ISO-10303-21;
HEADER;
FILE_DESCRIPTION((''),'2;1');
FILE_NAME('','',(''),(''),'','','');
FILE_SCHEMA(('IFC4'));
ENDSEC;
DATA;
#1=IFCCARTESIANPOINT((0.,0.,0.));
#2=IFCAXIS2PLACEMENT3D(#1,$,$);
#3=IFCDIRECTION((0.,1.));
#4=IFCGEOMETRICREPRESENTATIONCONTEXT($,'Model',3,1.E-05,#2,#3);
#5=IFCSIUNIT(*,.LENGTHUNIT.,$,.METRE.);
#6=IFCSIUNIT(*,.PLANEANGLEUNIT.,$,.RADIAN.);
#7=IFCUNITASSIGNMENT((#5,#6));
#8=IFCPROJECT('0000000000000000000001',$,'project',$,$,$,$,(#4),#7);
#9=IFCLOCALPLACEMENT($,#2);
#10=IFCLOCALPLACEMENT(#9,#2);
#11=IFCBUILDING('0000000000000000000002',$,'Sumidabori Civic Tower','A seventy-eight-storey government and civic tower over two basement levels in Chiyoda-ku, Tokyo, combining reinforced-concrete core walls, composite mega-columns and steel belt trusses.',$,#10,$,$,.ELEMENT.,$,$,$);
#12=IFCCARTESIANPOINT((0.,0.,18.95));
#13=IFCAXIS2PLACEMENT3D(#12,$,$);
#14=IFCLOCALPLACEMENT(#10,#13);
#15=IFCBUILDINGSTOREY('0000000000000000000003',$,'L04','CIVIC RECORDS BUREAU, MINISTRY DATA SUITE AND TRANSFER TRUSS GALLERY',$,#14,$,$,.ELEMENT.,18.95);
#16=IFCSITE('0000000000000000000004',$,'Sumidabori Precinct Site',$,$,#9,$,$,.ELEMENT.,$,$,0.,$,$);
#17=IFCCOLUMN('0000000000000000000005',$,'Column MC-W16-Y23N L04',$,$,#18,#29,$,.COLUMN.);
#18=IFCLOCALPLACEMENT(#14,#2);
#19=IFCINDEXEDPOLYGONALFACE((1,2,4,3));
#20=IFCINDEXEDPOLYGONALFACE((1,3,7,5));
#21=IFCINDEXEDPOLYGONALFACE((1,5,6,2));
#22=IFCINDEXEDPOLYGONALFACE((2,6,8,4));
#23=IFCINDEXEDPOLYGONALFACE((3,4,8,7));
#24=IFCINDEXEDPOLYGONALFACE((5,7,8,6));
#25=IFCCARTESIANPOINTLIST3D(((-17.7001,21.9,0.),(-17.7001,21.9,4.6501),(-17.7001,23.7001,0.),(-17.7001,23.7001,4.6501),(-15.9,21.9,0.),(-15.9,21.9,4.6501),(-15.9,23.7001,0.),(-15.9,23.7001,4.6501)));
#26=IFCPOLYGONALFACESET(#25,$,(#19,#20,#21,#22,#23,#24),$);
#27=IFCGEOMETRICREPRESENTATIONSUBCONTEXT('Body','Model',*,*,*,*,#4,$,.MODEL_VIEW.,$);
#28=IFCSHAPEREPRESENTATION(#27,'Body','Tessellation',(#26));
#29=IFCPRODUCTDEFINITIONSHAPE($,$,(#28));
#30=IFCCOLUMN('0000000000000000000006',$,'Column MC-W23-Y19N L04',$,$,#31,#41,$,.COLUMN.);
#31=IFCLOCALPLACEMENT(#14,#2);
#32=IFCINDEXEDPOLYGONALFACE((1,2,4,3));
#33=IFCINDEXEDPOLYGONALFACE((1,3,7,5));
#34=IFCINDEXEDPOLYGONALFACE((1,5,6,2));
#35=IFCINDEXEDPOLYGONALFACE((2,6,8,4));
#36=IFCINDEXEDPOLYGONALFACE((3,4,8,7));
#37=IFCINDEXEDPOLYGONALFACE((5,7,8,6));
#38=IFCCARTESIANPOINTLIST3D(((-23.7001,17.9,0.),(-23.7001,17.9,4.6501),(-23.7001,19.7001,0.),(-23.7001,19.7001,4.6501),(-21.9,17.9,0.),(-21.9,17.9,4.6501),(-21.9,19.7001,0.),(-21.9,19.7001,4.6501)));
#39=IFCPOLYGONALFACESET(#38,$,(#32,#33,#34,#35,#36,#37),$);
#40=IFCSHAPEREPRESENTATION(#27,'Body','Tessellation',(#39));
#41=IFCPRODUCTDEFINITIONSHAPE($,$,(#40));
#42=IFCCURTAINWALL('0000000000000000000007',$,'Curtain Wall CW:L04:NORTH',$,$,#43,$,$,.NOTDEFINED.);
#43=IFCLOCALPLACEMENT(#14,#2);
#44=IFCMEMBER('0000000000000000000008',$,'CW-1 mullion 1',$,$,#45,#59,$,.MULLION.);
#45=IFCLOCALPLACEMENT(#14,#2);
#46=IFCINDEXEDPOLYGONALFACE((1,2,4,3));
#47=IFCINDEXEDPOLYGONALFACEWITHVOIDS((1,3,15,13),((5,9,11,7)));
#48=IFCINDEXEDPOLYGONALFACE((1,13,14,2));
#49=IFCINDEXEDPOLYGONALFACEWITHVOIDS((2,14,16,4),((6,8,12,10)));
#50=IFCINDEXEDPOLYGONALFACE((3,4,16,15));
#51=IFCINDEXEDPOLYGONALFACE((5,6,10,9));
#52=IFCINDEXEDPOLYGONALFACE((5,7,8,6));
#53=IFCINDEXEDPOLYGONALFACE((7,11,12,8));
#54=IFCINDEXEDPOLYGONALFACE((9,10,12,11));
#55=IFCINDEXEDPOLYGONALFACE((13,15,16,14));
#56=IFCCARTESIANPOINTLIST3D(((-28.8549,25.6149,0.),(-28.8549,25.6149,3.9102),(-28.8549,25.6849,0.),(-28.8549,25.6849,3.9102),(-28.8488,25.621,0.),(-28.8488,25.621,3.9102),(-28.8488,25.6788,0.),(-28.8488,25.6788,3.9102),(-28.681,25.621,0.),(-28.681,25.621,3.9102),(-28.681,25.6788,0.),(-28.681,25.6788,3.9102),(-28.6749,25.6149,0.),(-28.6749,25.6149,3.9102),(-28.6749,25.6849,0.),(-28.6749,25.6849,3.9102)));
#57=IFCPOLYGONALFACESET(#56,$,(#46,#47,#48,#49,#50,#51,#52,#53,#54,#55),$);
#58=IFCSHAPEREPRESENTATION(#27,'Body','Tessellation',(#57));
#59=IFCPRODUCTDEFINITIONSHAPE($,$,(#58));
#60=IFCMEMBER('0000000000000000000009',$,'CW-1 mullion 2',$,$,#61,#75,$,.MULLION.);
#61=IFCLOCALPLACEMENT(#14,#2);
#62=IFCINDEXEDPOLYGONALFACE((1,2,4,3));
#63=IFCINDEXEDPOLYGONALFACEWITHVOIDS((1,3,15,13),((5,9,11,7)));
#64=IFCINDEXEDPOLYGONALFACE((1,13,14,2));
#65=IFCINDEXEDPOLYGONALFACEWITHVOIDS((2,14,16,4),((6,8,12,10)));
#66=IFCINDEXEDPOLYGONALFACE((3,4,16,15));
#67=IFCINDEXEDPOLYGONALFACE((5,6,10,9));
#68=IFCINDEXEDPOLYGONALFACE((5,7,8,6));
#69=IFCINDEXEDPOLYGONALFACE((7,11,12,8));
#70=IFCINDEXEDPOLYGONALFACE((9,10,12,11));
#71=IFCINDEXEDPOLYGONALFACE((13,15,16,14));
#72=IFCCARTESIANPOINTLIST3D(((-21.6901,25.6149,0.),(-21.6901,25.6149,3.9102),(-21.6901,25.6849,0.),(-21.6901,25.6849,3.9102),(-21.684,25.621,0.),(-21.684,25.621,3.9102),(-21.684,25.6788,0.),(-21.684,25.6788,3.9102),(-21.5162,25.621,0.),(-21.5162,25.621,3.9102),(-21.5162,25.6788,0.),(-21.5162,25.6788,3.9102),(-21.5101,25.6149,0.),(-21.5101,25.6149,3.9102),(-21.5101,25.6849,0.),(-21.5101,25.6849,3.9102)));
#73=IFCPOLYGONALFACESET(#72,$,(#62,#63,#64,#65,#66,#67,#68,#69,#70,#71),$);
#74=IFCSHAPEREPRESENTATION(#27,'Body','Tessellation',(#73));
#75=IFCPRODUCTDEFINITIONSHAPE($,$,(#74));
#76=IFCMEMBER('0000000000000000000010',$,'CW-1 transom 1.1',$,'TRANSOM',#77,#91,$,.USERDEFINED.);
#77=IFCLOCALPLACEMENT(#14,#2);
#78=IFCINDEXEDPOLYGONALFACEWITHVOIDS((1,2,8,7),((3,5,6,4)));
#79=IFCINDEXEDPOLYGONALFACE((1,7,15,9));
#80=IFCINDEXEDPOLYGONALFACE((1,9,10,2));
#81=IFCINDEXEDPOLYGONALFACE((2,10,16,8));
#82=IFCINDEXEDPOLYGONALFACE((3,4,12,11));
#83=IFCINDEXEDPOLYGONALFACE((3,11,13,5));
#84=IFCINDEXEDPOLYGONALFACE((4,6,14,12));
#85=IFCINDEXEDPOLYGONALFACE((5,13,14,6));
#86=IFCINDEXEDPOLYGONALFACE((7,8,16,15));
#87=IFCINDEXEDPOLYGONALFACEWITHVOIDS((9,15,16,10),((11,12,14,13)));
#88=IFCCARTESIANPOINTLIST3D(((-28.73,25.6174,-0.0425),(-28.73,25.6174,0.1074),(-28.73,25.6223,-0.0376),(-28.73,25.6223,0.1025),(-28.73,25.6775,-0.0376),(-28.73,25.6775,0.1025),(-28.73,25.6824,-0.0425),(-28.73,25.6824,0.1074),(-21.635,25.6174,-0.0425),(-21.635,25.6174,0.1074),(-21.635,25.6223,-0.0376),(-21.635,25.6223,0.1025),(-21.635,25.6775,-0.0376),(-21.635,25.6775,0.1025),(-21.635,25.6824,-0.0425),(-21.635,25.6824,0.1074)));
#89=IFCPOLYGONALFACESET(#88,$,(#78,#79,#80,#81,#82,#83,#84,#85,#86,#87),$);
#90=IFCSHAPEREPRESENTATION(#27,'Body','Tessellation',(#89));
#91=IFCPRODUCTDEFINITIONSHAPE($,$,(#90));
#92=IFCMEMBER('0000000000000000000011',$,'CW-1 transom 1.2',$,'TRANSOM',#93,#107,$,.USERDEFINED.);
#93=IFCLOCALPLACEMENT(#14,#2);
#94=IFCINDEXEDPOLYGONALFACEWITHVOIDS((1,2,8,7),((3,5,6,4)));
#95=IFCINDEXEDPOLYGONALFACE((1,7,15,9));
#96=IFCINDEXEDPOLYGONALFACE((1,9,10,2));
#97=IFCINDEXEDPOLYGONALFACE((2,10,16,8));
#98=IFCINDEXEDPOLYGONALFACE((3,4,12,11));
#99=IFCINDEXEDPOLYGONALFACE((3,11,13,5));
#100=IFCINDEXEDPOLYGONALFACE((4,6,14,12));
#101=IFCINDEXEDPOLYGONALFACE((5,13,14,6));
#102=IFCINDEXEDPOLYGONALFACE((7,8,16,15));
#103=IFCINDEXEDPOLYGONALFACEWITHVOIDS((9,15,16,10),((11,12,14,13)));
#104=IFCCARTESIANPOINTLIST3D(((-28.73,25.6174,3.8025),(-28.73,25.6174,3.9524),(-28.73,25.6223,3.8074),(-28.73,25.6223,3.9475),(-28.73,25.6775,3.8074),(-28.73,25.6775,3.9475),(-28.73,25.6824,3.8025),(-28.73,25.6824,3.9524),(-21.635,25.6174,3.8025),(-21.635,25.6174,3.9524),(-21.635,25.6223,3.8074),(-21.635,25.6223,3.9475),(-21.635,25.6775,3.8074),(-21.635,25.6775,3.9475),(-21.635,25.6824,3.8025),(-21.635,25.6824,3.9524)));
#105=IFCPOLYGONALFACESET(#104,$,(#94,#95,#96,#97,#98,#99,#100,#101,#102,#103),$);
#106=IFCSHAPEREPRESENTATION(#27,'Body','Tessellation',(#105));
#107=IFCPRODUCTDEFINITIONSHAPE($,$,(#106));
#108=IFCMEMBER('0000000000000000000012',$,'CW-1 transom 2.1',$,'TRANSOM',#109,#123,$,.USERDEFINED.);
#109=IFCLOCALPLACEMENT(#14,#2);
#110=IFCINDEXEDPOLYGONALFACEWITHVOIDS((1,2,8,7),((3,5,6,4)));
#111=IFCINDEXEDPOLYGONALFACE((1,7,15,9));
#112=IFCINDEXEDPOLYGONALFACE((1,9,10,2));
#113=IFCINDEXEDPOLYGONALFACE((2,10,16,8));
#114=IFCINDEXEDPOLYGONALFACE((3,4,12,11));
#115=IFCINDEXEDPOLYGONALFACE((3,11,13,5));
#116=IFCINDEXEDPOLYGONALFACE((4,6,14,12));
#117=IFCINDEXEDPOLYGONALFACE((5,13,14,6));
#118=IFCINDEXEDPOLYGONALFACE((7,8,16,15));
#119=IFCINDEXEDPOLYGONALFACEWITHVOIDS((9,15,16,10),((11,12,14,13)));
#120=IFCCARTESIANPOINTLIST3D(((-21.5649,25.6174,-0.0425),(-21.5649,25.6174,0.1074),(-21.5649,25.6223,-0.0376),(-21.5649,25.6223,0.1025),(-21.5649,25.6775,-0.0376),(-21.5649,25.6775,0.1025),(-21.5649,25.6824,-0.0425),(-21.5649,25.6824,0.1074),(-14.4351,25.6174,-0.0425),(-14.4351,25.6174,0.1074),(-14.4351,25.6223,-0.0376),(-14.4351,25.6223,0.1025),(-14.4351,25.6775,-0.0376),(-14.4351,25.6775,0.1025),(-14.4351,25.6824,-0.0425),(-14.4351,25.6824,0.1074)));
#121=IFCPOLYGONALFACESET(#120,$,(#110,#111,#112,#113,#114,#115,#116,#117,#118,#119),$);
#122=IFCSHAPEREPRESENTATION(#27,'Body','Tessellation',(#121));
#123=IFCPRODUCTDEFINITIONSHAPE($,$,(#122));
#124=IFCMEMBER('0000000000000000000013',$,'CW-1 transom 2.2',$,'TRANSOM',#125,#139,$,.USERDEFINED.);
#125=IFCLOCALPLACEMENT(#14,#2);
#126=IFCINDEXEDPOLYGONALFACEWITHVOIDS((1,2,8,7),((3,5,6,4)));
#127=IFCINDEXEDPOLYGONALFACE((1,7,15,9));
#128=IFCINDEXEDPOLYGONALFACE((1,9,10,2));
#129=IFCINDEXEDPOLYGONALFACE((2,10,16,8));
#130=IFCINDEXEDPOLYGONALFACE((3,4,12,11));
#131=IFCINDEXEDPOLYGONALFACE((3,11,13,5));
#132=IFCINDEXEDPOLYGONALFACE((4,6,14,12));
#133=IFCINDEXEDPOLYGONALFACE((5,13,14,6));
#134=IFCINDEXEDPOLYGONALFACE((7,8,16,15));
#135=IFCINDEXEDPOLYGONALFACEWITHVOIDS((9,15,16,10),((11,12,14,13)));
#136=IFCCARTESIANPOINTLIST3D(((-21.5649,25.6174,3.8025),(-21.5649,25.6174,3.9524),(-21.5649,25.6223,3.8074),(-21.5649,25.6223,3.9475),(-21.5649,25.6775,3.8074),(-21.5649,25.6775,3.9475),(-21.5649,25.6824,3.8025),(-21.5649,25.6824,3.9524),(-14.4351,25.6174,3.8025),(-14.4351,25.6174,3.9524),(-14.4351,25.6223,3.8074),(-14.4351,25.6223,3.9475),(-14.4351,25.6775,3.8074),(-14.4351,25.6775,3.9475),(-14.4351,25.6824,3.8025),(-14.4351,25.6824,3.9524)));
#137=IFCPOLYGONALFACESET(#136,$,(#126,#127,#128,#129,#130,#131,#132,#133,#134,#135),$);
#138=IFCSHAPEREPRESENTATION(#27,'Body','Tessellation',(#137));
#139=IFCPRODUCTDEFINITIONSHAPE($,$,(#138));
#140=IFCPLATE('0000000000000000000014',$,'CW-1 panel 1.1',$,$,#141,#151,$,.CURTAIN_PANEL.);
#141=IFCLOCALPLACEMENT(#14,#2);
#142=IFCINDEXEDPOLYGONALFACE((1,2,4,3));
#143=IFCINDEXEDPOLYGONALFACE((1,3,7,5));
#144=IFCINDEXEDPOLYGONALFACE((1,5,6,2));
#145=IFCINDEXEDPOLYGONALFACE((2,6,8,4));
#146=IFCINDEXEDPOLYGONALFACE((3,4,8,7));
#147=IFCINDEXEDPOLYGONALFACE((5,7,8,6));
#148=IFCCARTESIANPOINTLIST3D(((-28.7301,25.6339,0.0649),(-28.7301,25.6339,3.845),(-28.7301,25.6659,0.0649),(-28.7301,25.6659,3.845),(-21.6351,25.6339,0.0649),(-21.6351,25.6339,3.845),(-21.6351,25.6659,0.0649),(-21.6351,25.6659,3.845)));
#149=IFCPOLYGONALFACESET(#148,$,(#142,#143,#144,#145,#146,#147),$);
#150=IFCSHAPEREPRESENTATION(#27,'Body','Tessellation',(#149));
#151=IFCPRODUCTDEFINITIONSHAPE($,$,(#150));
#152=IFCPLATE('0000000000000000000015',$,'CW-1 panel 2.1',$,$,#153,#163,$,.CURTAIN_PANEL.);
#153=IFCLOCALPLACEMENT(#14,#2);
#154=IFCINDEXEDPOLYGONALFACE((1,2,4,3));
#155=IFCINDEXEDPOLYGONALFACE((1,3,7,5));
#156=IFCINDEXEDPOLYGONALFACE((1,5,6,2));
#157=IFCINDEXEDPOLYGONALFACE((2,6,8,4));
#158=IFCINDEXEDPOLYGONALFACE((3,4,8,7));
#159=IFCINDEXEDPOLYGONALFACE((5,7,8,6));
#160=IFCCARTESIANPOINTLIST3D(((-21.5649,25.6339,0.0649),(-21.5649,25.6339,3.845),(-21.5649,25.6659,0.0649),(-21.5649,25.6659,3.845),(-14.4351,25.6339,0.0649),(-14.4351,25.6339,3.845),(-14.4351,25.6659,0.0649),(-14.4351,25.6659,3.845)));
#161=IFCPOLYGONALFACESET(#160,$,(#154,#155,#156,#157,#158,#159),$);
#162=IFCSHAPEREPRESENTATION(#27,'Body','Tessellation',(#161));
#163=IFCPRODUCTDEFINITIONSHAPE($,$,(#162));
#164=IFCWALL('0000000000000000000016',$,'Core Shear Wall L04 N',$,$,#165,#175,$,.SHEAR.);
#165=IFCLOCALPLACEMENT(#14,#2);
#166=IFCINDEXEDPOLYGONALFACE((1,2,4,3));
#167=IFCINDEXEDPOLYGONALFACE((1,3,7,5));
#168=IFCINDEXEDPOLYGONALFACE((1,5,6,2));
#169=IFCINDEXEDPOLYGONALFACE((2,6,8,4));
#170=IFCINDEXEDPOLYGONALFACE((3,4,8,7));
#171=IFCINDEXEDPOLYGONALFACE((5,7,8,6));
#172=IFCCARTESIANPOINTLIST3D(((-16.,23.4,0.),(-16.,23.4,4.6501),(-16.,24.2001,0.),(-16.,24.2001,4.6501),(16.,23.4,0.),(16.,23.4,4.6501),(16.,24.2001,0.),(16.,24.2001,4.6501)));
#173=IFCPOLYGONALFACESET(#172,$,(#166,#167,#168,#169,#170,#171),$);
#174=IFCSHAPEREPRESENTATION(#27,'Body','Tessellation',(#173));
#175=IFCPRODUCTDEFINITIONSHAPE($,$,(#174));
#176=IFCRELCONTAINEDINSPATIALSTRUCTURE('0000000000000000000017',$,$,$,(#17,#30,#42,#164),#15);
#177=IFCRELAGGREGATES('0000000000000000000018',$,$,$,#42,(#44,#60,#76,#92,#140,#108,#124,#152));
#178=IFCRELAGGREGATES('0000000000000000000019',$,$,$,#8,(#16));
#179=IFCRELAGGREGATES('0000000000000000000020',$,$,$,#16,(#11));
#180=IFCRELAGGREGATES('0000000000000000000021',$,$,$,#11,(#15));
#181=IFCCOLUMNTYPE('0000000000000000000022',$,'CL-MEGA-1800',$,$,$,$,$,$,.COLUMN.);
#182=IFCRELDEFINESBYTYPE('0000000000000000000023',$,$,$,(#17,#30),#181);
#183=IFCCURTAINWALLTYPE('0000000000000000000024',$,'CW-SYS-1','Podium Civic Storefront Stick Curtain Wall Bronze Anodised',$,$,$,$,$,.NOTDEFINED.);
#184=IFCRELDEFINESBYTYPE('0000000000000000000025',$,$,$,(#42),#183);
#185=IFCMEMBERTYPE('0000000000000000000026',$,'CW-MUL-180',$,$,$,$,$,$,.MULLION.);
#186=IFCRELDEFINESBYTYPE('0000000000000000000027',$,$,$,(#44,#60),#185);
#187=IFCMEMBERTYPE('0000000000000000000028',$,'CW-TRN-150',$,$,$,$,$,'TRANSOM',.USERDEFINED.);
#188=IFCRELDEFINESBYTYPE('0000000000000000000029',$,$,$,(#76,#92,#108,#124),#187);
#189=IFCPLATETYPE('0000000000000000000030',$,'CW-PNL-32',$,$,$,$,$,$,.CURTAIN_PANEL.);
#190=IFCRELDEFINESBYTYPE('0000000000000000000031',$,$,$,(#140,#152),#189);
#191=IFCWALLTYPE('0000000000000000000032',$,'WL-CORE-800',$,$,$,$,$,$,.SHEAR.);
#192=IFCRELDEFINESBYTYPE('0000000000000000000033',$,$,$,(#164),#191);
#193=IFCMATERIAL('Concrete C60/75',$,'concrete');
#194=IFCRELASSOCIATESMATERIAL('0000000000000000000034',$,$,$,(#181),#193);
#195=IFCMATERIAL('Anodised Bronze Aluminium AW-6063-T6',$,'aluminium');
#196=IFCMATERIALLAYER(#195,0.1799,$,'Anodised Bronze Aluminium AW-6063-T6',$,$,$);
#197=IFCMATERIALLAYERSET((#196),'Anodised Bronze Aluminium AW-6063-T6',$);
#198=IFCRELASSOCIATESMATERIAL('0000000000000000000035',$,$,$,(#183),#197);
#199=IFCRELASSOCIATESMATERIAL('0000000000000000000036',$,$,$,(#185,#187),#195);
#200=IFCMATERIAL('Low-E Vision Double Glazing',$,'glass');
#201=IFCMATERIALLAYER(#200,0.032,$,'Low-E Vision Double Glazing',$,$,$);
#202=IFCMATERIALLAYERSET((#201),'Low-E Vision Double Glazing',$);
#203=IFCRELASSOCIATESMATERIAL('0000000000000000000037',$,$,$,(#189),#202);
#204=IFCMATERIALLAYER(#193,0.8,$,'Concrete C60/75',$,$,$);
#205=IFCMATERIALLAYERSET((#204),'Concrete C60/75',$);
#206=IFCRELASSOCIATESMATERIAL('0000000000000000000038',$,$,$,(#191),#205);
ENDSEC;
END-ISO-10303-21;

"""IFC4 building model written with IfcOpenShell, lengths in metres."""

from ifc_helpers import new_model, si_unit, direction, frame, frame_2d, origin, origin_2d, place, context, subcontext, project, spatial, rectangle, hollow_rectangle, extrude, source, transform, mapped, material, layer, layer_set, material_profile, profile_set, type_object, element, aggregate, save


model = new_model("IFC4")

# Units and contexts
model_context = context("Model", 3, precision=1e-05, world=origin(), true_north=direction((0.0, 1.0)))
body_context = subcontext(model_context, "Body", "Model", "MODEL_VIEW")
ifc_project = project(units=[si_unit("LENGTHUNIT", "METRE"), si_unit("PLANEANGLEUNIT", "RADIAN")], contexts=[model_context])

# Site, building, storey
site_placement = place(None, origin())
site = spatial("IfcSite", under=ifc_project, at=site_placement, Name="Sumidabori Precinct Site", CompositionType="ELEMENT", RefElevation=0.0)
building_placement = place(site_placement, origin())
building = spatial("IfcBuilding", under=site, at=building_placement, Name="Sumidabori Civic Tower", Description="A seventy-eight-storey government and civic tower over two basement levels in Chiyoda-ku, Tokyo, combining reinforced-concrete core walls, composite mega-columns and steel belt trusses.", CompositionType="ELEMENT")
storey_placement = place(building_placement, frame((0.0, 0.0, 18.95)))
storey = spatial("IfcBuildingStorey", under=building, at=storey_placement, Name="L04", Description="CIVIC RECORDS BUREAU, MINISTRY DATA SUITE AND TRANSFER TRUSS GALLERY", CompositionType="ELEMENT", Elevation=18.95)

# Columns
ifc_material_1 = material(Name="Concrete C60/75", Category="concrete")
ifc_material_profile_1 = material_profile(ifc_material_1, rectangle(XDim=1.8, YDim=1.8, at=origin_2d()), Name="RC 1800x1800")
ifc_profile_set_1 = profile_set([ifc_material_profile_1], Name="Concrete C60/75")
column_type = type_object("IfcColumnType", Name="CL-MEGA-1800", PredefinedType="COLUMN", material=ifc_profile_set_1)
shared_shape_1 = source(origin(), body_context, "Body", "SweptSolid", [
    extrude(rectangle(XDim=1.8, YDim=1.8, at=origin_2d()), origin(), (0.0, 0.0, 1.0), 4.6501),
])
for number, where, z_axis, x_axis, name in (
    (1, (-16.8, 22.8, 0.0), (0.0, 0.0, 1.0), (1.0, 0.0, 0.0), "Column MC-W16-Y23N L04"),
    (2, (-22.8, 18.8, 0.0), (0.0, 0.0, 1.0), (1.0, 0.0, 0.0), "Column MC-W23-Y19N L04"),
):
    element("IfcColumn", number, at=place(storey_placement, frame(where, z_axis=z_axis, x_axis=x_axis)), inside=storey, type_object=column_type, Name=name, PredefinedType="COLUMN", context=body_context, shape_type="MappedRepresentation", body=[
        mapped(shared_shape_1, transform((0.0, 0.0, 0.0), x_axis=(1.0, 0.0, 0.0), y_axis=(0.0, 1.0, 0.0), z_axis=(0.0, 0.0, 1.0), scale=1.0)),
    ])

# Curtain wall, members, plates
ifc_material_2 = material(Name="Anodised Bronze Aluminium AW-6063-T6", Category="aluminium")
ifc_layer_1 = layer(ifc_material_2, 0.1799, Name="Anodised Bronze Aluminium AW-6063-T6")
ifc_layer_set_1 = layer_set([ifc_layer_1], Name="Anodised Bronze Aluminium AW-6063-T6")
curtain_wall_type = type_object("IfcCurtainWallType", Name="CW-SYS-1", Description="Podium Civic Storefront Stick Curtain Wall Bronze Anodised", PredefinedType="NOTDEFINED", material=ifc_layer_set_1)
curtain_wall_placement = place(storey_placement, origin())
curtain_wall = element("IfcCurtainWall", 3, at=curtain_wall_placement, inside=storey, type_object=curtain_wall_type, Name="Curtain Wall CW:L04:NORTH", PredefinedType="NOTDEFINED")
ifc_material_profile_2 = material_profile(ifc_material_2, hollow_rectangle(XDim=0.0701, YDim=0.1799, WallThickness=0.0061, at=origin_2d()), Name="ALU MULLION 180x70")
ifc_profile_set_2 = profile_set([ifc_material_profile_2], Name="Anodised Bronze Aluminium AW-6063-T6")
member_type_1 = type_object("IfcMemberType", Name="CW-MUL-180", PredefinedType="MULLION", material=ifc_profile_set_2)
shared_shape_2 = source(origin(), body_context, "Body", "SweptSolid", [
    extrude(hollow_rectangle(XDim=0.0701, YDim=0.1799, WallThickness=0.0061, at=origin_2d()), origin(), (0.0, 0.0, 1.0), 3.9102),
])
member_1_placement = place(storey_placement, frame((-28.7649, 25.6499, 0.0), z_axis=(0.0, 0.0, 1.0), x_axis=(0.0, 1.0, 0.0)))
member_1 = element("IfcMember", 4, at=member_1_placement, type_object=member_type_1, Name="CW-1 mullion 1", PredefinedType="MULLION", context=body_context, shape_type="MappedRepresentation", body=[
    mapped(shared_shape_2, transform((0.0, 0.0, 0.0), x_axis=(1.0, 0.0, 0.0), y_axis=(0.0, 1.0, 0.0), z_axis=(0.0, 0.0, 1.0), scale=1.0)),
])
member_2_placement = place(storey_placement, frame((-21.6001, 25.6499, 0.0), z_axis=(0.0, 0.0, 1.0), x_axis=(0.0, 1.0, 0.0)))
member_2 = element("IfcMember", 5, at=member_2_placement, type_object=member_type_1, Name="CW-1 mullion 2", PredefinedType="MULLION", context=body_context, shape_type="MappedRepresentation", body=[
    mapped(shared_shape_2, transform((0.0, 0.0, 0.0), x_axis=(1.0, 0.0, 0.0), y_axis=(0.0, 1.0, 0.0), z_axis=(0.0, 0.0, 1.0), scale=1.0)),
])
ifc_material_profile_3 = material_profile(ifc_material_2, hollow_rectangle(XDim=0.0649, YDim=0.1499, WallThickness=0.0049, at=origin_2d()), Name="ALU TRANSOM 150x65")
ifc_profile_set_3 = profile_set([ifc_material_profile_3], Name="Anodised Bronze Aluminium AW-6063-T6")
member_type_2 = type_object("IfcMemberType", Name="CW-TRN-150", ElementType="TRANSOM", PredefinedType="USERDEFINED", material=ifc_profile_set_3)
shared_shape_3 = source(origin(), body_context, "Body", "SweptSolid", [
    extrude(hollow_rectangle(XDim=0.0649, YDim=0.1499, WallThickness=0.0049, at=origin_2d()), origin(), (0.0, 0.0, 1.0), 7.095),
])
member_3_placement = place(storey_placement, frame((-28.73, 25.6499, 0.0325), z_axis=(1.0, 0.0, 0.0), x_axis=(0.0, 1.0, 0.0)))
member_3 = element("IfcMember", 6, at=member_3_placement, type_object=member_type_2, Name="CW-1 transom 1.1", ObjectType="TRANSOM", PredefinedType="USERDEFINED", context=body_context, shape_type="MappedRepresentation", body=[
    mapped(shared_shape_3, transform((0.0, 0.0, 0.0), x_axis=(1.0, 0.0, 0.0), y_axis=(0.0, 1.0, 0.0), z_axis=(0.0, 0.0, 1.0), scale=1.0)),
])
member_4_placement = place(storey_placement, frame((-28.73, 25.6499, 3.8774), z_axis=(1.0, 0.0, 0.0), x_axis=(0.0, 1.0, 0.0)))
member_4 = element("IfcMember", 7, at=member_4_placement, type_object=member_type_2, Name="CW-1 transom 1.2", ObjectType="TRANSOM", PredefinedType="USERDEFINED", context=body_context, shape_type="MappedRepresentation", body=[
    mapped(shared_shape_3, transform((0.0, 0.0, 0.0), x_axis=(1.0, 0.0, 0.0), y_axis=(0.0, 1.0, 0.0), z_axis=(0.0, 0.0, 1.0), scale=1.0)),
])
shared_shape_4 = source(origin(), body_context, "Body", "SweptSolid", [
    extrude(hollow_rectangle(XDim=0.0649, YDim=0.1499, WallThickness=0.0049, at=origin_2d()), origin(), (0.0, 0.0, 1.0), 7.1299),
])
member_5_placement = place(storey_placement, frame((-21.5649, 25.6499, 0.0325), z_axis=(1.0, 0.0, 0.0), x_axis=(0.0, 1.0, 0.0)))
member_5 = element("IfcMember", 8, at=member_5_placement, type_object=member_type_2, Name="CW-1 transom 2.1", ObjectType="TRANSOM", PredefinedType="USERDEFINED", context=body_context, shape_type="MappedRepresentation", body=[
    mapped(shared_shape_4, transform((0.0, 0.0, 0.0), x_axis=(1.0, 0.0, 0.0), y_axis=(0.0, 1.0, 0.0), z_axis=(0.0, 0.0, 1.0), scale=1.0)),
])
member_6_placement = place(storey_placement, frame((-21.5649, 25.6499, 3.8774), z_axis=(1.0, 0.0, 0.0), x_axis=(0.0, 1.0, 0.0)))
member_6 = element("IfcMember", 9, at=member_6_placement, type_object=member_type_2, Name="CW-1 transom 2.2", ObjectType="TRANSOM", PredefinedType="USERDEFINED", context=body_context, shape_type="MappedRepresentation", body=[
    mapped(shared_shape_4, transform((0.0, 0.0, 0.0), x_axis=(1.0, 0.0, 0.0), y_axis=(0.0, 1.0, 0.0), z_axis=(0.0, 0.0, 1.0), scale=1.0)),
])
ifc_material_3 = material(Name="Low-E Vision Double Glazing", Category="glass")
ifc_layer_2 = layer(ifc_material_3, 0.032, Name="Low-E Vision Double Glazing")
ifc_layer_set_2 = layer_set([ifc_layer_2], Name="Low-E Vision Double Glazing")
plate_type = type_object("IfcPlateType", Name="CW-PNL-32", PredefinedType="CURTAIN_PANEL", material=ifc_layer_set_2)
shared_shape_5 = source(origin(), body_context, "Body", "SweptSolid", [
    extrude(rectangle(XDim=7.095, YDim=0.032, at=origin_2d()), origin(), (0.0, 0.0, 1.0), 3.78),
])
plate_1_placement = place(storey_placement, frame((-25.1826, 25.6499, 0.0649), z_axis=(0.0, 0.0, 1.0), x_axis=(1.0, 0.0, 0.0)))
plate_1 = element("IfcPlate", 10, at=plate_1_placement, type_object=plate_type, Name="CW-1 panel 1.1", PredefinedType="CURTAIN_PANEL", context=body_context, shape_type="MappedRepresentation", body=[
    mapped(shared_shape_5, transform((0.0, 0.0, 0.0), x_axis=(1.0, 0.0, 0.0), y_axis=(0.0, 1.0, 0.0), z_axis=(0.0, 0.0, 1.0), scale=1.0)),
])
shared_shape_6 = source(origin(), body_context, "Body", "SweptSolid", [
    extrude(rectangle(XDim=7.1299, YDim=0.032, at=origin_2d()), origin(), (0.0, 0.0, 1.0), 3.78),
])
plate_2_placement = place(storey_placement, frame((-18.0, 25.6499, 0.0649), z_axis=(0.0, 0.0, 1.0), x_axis=(1.0, 0.0, 0.0)))
plate_2 = element("IfcPlate", 11, at=plate_2_placement, type_object=plate_type, Name="CW-1 panel 2.1", PredefinedType="CURTAIN_PANEL", context=body_context, shape_type="MappedRepresentation", body=[
    mapped(shared_shape_6, transform((0.0, 0.0, 0.0), x_axis=(1.0, 0.0, 0.0), y_axis=(0.0, 1.0, 0.0), z_axis=(0.0, 0.0, 1.0), scale=1.0)),
])
aggregate(curtain_wall, [member_1, member_2, member_3, member_4, plate_1, member_5, member_6, plate_2])

# Wall
ifc_layer_3 = layer(ifc_material_1, 0.8, Name="Concrete C60/75")
ifc_layer_set_3 = layer_set([ifc_layer_3], Name="Concrete C60/75")
wall_type_1 = type_object("IfcWallType", Name="WL-CORE-800", PredefinedType="SHEAR", material=ifc_layer_set_3)
shared_shape_7 = source(origin(), body_context, "Body", "SweptSolid", [
    extrude(rectangle(XDim=32.0, YDim=0.8, at=frame_2d((16.0, 0.0))), origin(), (0.0, 0.0, 1.0), 4.6501),
])
wall_1_placement = place(storey_placement, frame((-16.0, 23.8, 0.0), z_axis=(0.0, 0.0, 1.0), x_axis=(1.0, 0.0, 0.0)))
element("IfcWall", 12, at=wall_1_placement, inside=storey, type_object=wall_type_1, Name="Core Shear Wall L04 N", PredefinedType="SHEAR", context=body_context, shape_type="MappedRepresentation", body=[
    mapped(shared_shape_7, transform((0.0, 0.0, 0.0), x_axis=(1.0, 0.0, 0.0), y_axis=(0.0, 1.0, 0.0), z_axis=(0.0, 0.0, 1.0), scale=1.0)),
])

save(model, "model.ifc")
